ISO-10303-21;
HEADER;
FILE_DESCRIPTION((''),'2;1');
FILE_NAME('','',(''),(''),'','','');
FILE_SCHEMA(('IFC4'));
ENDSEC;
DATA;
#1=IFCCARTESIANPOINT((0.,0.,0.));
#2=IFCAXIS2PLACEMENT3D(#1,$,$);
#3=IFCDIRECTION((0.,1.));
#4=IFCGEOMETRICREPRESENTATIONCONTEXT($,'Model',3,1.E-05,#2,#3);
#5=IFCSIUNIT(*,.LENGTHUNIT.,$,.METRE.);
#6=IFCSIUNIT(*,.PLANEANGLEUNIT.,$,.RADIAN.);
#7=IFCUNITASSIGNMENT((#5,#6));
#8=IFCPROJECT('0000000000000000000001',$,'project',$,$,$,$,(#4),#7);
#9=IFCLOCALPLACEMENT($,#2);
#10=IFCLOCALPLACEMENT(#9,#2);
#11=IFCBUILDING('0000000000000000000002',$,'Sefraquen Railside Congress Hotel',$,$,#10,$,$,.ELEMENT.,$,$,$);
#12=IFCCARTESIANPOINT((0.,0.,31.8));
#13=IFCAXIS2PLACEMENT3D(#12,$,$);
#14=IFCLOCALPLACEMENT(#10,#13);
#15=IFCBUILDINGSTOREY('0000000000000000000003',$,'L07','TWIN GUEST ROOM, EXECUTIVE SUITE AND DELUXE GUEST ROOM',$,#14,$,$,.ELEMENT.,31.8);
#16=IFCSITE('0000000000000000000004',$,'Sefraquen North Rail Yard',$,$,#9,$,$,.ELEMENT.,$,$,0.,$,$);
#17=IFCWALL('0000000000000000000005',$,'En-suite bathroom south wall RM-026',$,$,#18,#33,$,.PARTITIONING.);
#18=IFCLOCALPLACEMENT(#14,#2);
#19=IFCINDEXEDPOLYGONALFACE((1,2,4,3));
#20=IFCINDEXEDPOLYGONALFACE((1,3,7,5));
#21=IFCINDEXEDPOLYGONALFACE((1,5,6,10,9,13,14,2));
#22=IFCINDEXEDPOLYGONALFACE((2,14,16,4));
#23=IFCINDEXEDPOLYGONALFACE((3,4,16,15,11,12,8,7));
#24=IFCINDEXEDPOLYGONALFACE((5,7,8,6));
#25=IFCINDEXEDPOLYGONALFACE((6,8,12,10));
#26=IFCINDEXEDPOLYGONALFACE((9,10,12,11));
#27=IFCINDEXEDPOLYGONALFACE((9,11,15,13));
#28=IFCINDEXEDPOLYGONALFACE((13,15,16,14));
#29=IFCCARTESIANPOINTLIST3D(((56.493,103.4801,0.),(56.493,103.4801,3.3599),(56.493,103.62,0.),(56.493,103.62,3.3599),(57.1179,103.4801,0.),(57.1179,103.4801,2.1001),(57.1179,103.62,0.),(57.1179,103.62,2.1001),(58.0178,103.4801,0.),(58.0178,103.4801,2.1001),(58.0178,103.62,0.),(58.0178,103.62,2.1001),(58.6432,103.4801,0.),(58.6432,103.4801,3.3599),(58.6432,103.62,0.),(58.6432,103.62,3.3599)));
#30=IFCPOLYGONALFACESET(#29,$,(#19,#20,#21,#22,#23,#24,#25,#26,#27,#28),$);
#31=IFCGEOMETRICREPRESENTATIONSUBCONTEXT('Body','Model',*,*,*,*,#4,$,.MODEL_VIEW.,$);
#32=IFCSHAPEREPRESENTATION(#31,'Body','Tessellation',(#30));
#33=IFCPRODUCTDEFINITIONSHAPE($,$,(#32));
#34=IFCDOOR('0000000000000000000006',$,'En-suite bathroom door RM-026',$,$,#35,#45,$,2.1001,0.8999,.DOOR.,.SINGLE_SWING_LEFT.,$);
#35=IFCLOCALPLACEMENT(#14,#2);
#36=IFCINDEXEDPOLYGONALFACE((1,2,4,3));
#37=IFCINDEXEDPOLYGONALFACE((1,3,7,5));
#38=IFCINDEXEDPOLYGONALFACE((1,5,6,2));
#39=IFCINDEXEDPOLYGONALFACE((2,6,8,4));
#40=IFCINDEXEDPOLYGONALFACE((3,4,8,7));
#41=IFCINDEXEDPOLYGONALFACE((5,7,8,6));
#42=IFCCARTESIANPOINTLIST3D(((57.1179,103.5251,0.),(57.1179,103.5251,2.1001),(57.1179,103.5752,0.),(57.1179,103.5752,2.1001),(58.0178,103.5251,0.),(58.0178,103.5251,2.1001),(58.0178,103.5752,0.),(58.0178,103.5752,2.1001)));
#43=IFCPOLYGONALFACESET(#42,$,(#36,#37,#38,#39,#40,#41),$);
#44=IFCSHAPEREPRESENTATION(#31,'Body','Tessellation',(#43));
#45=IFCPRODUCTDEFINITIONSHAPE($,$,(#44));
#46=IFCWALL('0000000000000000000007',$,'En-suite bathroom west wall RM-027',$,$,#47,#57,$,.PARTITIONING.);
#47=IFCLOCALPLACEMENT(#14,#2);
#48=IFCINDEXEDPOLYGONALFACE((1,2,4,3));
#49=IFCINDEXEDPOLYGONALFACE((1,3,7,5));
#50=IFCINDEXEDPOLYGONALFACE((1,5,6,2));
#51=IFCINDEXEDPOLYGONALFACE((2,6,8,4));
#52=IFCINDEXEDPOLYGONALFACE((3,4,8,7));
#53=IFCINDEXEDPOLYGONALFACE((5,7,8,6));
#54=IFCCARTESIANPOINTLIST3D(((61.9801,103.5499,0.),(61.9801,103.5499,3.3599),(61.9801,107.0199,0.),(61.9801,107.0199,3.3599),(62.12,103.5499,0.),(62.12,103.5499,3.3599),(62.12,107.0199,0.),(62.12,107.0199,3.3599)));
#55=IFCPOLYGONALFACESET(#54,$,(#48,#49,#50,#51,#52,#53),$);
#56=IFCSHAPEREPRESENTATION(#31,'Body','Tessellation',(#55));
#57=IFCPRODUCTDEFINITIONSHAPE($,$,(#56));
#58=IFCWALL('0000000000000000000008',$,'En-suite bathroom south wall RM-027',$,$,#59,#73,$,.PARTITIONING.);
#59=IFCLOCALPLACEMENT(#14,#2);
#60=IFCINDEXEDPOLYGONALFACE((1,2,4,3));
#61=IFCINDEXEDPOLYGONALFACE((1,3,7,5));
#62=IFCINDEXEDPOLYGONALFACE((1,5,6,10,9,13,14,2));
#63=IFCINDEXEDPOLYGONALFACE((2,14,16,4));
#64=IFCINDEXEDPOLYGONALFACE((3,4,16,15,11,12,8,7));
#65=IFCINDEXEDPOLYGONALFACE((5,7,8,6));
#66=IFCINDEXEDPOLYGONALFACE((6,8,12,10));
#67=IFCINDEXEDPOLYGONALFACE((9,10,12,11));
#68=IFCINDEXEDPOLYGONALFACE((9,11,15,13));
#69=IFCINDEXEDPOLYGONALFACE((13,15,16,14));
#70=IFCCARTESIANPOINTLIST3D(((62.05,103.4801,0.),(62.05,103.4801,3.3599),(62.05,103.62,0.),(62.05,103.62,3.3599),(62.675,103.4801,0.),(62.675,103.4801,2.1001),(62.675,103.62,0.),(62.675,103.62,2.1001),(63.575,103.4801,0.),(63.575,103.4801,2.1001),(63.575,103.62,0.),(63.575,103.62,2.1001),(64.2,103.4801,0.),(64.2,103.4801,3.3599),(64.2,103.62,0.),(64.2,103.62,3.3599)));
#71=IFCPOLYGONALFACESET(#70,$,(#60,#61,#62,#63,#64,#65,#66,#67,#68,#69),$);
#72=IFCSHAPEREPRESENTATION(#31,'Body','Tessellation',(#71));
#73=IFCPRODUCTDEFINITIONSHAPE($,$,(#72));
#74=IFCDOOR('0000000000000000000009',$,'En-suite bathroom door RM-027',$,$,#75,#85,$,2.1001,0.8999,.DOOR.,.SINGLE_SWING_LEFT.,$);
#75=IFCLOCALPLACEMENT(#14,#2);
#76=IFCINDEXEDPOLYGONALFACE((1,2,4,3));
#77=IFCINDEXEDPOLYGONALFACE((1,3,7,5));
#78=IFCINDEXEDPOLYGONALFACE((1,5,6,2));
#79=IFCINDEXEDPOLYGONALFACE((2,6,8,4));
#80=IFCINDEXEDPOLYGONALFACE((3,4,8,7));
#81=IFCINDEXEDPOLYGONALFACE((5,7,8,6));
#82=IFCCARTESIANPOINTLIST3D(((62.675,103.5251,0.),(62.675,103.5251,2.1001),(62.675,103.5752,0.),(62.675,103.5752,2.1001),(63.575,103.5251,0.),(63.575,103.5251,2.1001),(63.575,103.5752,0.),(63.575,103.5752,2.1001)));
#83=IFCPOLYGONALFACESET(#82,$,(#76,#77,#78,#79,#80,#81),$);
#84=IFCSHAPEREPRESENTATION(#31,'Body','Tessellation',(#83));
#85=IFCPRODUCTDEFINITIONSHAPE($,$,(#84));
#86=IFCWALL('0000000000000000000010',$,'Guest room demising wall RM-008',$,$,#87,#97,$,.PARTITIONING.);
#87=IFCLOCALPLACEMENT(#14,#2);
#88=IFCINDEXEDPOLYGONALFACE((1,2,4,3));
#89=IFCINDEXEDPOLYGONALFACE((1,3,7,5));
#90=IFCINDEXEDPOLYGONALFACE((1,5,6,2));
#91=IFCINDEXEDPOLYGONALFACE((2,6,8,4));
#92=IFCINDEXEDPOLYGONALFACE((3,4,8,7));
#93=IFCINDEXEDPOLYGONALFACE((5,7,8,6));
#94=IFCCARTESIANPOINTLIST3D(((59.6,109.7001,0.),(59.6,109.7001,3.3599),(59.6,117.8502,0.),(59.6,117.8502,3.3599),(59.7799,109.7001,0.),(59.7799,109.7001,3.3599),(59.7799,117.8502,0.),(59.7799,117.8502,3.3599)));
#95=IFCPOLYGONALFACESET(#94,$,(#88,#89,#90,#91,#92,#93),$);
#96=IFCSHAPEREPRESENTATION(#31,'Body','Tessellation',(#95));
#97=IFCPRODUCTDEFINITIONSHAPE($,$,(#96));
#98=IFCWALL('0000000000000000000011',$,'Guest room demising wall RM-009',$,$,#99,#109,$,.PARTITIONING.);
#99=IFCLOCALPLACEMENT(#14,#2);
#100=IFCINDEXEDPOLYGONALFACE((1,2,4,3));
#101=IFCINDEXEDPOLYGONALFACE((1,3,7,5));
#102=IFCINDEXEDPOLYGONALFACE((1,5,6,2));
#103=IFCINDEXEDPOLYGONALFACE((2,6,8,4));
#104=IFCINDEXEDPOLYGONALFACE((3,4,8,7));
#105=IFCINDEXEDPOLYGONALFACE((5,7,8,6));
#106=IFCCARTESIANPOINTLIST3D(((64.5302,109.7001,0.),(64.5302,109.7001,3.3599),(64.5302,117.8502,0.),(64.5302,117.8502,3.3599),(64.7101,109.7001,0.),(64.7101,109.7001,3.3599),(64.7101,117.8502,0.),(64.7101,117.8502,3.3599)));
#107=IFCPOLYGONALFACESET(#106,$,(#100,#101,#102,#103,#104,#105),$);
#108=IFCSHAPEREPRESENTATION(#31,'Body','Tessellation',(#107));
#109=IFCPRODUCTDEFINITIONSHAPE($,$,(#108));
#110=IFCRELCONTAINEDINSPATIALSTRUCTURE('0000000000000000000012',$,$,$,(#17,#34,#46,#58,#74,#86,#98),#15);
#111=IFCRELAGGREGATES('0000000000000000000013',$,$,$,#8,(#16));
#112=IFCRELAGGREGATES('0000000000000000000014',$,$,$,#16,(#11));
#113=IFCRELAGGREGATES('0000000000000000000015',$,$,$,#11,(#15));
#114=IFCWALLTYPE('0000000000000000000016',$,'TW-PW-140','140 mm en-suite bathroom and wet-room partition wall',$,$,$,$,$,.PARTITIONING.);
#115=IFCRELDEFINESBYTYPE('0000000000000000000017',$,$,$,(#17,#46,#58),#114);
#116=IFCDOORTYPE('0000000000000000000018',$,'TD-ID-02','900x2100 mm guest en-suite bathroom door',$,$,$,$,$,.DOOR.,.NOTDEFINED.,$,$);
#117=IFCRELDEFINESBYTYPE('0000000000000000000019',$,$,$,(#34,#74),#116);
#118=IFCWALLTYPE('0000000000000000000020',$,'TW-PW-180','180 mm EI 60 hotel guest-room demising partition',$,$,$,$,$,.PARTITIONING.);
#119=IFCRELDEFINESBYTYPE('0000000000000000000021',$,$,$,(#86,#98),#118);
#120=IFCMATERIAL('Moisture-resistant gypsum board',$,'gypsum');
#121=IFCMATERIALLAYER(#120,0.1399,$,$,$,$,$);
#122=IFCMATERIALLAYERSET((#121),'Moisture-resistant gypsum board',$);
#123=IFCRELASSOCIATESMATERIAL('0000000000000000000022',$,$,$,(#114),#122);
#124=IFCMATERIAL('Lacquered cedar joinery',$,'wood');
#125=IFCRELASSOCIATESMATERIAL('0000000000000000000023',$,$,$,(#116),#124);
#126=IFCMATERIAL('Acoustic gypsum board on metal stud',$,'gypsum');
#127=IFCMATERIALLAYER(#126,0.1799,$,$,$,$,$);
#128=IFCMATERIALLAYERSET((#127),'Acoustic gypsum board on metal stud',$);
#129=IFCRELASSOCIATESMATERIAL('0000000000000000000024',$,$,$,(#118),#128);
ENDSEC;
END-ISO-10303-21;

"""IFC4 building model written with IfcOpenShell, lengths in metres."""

from ifc_helpers import new_model, si_unit, direction, frame, frame_2d, origin, place, context, subcontext, project, spatial, rectangle, extrude, material, layer, layer_set, type_object, element, fill, save


model = new_model("IFC4")

# Units and contexts
model_context = context("Model", 3, precision=1e-05, world=origin(), true_north=direction((0.0, 1.0)))
body_context = subcontext(model_context, "Body", "Model", "MODEL_VIEW")
ifc_project = project(units=[si_unit("LENGTHUNIT", "METRE"), si_unit("PLANEANGLEUNIT", "RADIAN")], contexts=[model_context])

# Site, building, storey
site_placement = place(None, origin())
site = spatial("IfcSite", under=ifc_project, at=site_placement, Name="Sefraquen North Rail Yard", CompositionType="ELEMENT", RefElevation=0.0)
building_placement = place(site_placement, origin())
building = spatial("IfcBuilding", under=site, at=building_placement, Name="Sefraquen Railside Congress Hotel", CompositionType="ELEMENT")
storey_placement = place(building_placement, frame((0.0, 0.0, 31.8)))
storey = spatial("IfcBuildingStorey", under=building, at=storey_placement, Name="L07", Description="TWIN GUEST ROOM, EXECUTIVE SUITE AND DELUXE GUEST ROOM", CompositionType="ELEMENT", Elevation=31.8)

# Shared definitions
ifc_material_1 = material(Name="Moisture-resistant gypsum board", Category="gypsum")
ifc_layer_1 = layer(ifc_material_1, 0.1399)
ifc_layer_set_1 = layer_set([ifc_layer_1], Name="Moisture-resistant gypsum board")
wall_type_1 = type_object("IfcWallType", Name="TW-PW-140", Description="140 mm en-suite bathroom and wet-room partition wall", PredefinedType="PARTITIONING", material=ifc_layer_set_1)

# Shared definitions
ifc_material_2 = material(Name="Lacquered cedar joinery", Category="wood")
door_type = type_object("IfcDoorType", Name="TD-ID-02", Description="900x2100 mm guest en-suite bathroom door", OperationType="NOTDEFINED", PredefinedType="DOOR", material=ifc_material_2)

# Wall, opening, door
wall_1_placement = place(storey_placement, frame((56.4929, 103.55, 0.0), z_axis=(0.0, 0.0, 1.0), x_axis=(1.0, 0.0, 0.0)))
wall_1 = element("IfcWall", 1, at=wall_1_placement, inside=storey, type_object=wall_type_1, Name="En-suite bathroom south wall RM-026", PredefinedType="PARTITIONING", context=body_context, shape_type="SweptSolid", body=[
    extrude(rectangle(XDim=2.1501, YDim=0.1399, at=frame_2d((1.0752, 0.0))), origin(), (0.0, 0.0, 1.0), 3.3599),
])
opening_1_placement = place(wall_1_placement, frame((0.625, 0.0, 0.0)))
opening_1 = element("IfcOpeningElement", 2, at=opening_1_placement, cuts=wall_1, PredefinedType="OPENING", context=body_context, shape_type="SweptSolid", body=[
    extrude(rectangle(XDim=0.8999, YDim=2.1001, at=frame_2d((0.45, 1.05))), frame((0.0, 0.0798, 0.0), z_axis=(0.0, -1.0, 0.0), x_axis=(1.0, 0.0, 0.0)), (0.0, 0.0, 1.0), 0.1599),
])
door_1_placement = place(opening_1_placement, frame((0.8999, 0.0, 0.0), z_axis=(0.0, 0.0, 1.0), x_axis=(-1.0, 0.0, 0.0)))
door_1 = element("IfcDoor", 3, at=door_1_placement, inside=storey, type_object=door_type, Name="En-suite bathroom door RM-026", OperationType="SINGLE_SWING_LEFT", OverallHeight=2.1001, OverallWidth=0.8999, PredefinedType="DOOR", context=body_context, shape_type="SweptSolid", body=[
    extrude(rectangle(XDim=0.8999, YDim=2.1001, at=frame_2d((0.45, 1.05))), frame((0.0, 0.0249, 0.0), z_axis=(0.0, -1.0, 0.0), x_axis=(1.0, 0.0, 0.0)), (0.0, 0.0, 1.0), 0.05),
])
fill(opening_1, door_1)

# Wall
wall_2_placement = place(storey_placement, frame((62.05, 103.55, 0.0), z_axis=(0.0, 0.0, 1.0), x_axis=(0.0, 1.0, 0.0)))
element("IfcWall", 4, at=wall_2_placement, inside=storey, type_object=wall_type_1, Name="En-suite bathroom west wall RM-027", PredefinedType="PARTITIONING", context=body_context, shape_type="SweptSolid", body=[
    extrude(rectangle(XDim=3.47, YDim=0.1399, at=frame_2d((1.7349, 0.0))), origin(), (0.0, 0.0, 1.0), 3.3599),
])

# Wall, opening, door
wall_3_placement = place(storey_placement, frame((62.05, 103.55, 0.0), z_axis=(0.0, 0.0, 1.0), x_axis=(1.0, 0.0, 0.0)))
wall_3 = element("IfcWall", 5, at=wall_3_placement, inside=storey, type_object=wall_type_1, Name="En-suite bathroom south wall RM-027", PredefinedType="PARTITIONING", context=body_context, shape_type="SweptSolid", body=[
    extrude(rectangle(XDim=2.1499, YDim=0.1399, at=frame_2d((1.075, 0.0))), origin(), (0.0, 0.0, 1.0), 3.3599),
])
opening_2_placement = place(wall_3_placement, frame((0.625, 0.0, 0.0)))
opening_2 = element("IfcOpeningElement", 6, at=opening_2_placement, cuts=wall_3, PredefinedType="OPENING", context=body_context, shape_type="SweptSolid", body=[
    extrude(rectangle(XDim=0.8999, YDim=2.1001, at=frame_2d((0.45, 1.05))), frame((0.0, 0.0798, 0.0), z_axis=(0.0, -1.0, 0.0), x_axis=(1.0, 0.0, 0.0)), (0.0, 0.0, 1.0), 0.1599),
])
door_2_placement = place(opening_2_placement, frame((0.8999, 0.0, 0.0), z_axis=(0.0, 0.0, 1.0), x_axis=(-1.0, 0.0, 0.0)))
door_2 = element("IfcDoor", 7, at=door_2_placement, inside=storey, type_object=door_type, Name="En-suite bathroom door RM-027", OperationType="SINGLE_SWING_LEFT", OverallHeight=2.1001, OverallWidth=0.8999, PredefinedType="DOOR", context=body_context, shape_type="SweptSolid", body=[
    extrude(rectangle(XDim=0.8999, YDim=2.1001, at=frame_2d((0.45, 1.05))), frame((0.0, 0.0249, 0.0), z_axis=(0.0, -1.0, 0.0), x_axis=(1.0, 0.0, 0.0)), (0.0, 0.0, 1.0), 0.05),
])
fill(opening_2, door_2)

# Walls
ifc_material_3 = material(Name="Acoustic gypsum board on metal stud", Category="gypsum")
ifc_layer_2 = layer(ifc_material_3, 0.1799)
ifc_layer_set_2 = layer_set([ifc_layer_2], Name="Acoustic gypsum board on metal stud")
wall_type_2 = type_object("IfcWallType", Name="TW-PW-180", Description="180 mm EI 60 hotel guest-room demising partition", PredefinedType="PARTITIONING", material=ifc_layer_set_2)
for number, where, z_axis, x_axis, name in (
    (8, (59.6899, 109.7, 0.0), (0.0, 0.0, 1.0), (0.0, 1.0, 0.0), "Guest room demising wall RM-008"),
    (9, (64.6201, 109.7, 0.0), (0.0, 0.0, 1.0), (0.0, 1.0, 0.0), "Guest room demising wall RM-009"),
):
    element("IfcWall", number, at=place(storey_placement, frame(where, z_axis=z_axis, x_axis=x_axis)), inside=storey, type_object=wall_type_2, Name=name, PredefinedType="PARTITIONING", context=body_context, shape_type="SweptSolid", body=[
        extrude(rectangle(XDim=8.1501, YDim=0.1799, at=frame_2d((4.0752, 0.0))), origin(), (0.0, 0.0, 1.0), 3.3599),
    ])

save(model, "model.ifc")
